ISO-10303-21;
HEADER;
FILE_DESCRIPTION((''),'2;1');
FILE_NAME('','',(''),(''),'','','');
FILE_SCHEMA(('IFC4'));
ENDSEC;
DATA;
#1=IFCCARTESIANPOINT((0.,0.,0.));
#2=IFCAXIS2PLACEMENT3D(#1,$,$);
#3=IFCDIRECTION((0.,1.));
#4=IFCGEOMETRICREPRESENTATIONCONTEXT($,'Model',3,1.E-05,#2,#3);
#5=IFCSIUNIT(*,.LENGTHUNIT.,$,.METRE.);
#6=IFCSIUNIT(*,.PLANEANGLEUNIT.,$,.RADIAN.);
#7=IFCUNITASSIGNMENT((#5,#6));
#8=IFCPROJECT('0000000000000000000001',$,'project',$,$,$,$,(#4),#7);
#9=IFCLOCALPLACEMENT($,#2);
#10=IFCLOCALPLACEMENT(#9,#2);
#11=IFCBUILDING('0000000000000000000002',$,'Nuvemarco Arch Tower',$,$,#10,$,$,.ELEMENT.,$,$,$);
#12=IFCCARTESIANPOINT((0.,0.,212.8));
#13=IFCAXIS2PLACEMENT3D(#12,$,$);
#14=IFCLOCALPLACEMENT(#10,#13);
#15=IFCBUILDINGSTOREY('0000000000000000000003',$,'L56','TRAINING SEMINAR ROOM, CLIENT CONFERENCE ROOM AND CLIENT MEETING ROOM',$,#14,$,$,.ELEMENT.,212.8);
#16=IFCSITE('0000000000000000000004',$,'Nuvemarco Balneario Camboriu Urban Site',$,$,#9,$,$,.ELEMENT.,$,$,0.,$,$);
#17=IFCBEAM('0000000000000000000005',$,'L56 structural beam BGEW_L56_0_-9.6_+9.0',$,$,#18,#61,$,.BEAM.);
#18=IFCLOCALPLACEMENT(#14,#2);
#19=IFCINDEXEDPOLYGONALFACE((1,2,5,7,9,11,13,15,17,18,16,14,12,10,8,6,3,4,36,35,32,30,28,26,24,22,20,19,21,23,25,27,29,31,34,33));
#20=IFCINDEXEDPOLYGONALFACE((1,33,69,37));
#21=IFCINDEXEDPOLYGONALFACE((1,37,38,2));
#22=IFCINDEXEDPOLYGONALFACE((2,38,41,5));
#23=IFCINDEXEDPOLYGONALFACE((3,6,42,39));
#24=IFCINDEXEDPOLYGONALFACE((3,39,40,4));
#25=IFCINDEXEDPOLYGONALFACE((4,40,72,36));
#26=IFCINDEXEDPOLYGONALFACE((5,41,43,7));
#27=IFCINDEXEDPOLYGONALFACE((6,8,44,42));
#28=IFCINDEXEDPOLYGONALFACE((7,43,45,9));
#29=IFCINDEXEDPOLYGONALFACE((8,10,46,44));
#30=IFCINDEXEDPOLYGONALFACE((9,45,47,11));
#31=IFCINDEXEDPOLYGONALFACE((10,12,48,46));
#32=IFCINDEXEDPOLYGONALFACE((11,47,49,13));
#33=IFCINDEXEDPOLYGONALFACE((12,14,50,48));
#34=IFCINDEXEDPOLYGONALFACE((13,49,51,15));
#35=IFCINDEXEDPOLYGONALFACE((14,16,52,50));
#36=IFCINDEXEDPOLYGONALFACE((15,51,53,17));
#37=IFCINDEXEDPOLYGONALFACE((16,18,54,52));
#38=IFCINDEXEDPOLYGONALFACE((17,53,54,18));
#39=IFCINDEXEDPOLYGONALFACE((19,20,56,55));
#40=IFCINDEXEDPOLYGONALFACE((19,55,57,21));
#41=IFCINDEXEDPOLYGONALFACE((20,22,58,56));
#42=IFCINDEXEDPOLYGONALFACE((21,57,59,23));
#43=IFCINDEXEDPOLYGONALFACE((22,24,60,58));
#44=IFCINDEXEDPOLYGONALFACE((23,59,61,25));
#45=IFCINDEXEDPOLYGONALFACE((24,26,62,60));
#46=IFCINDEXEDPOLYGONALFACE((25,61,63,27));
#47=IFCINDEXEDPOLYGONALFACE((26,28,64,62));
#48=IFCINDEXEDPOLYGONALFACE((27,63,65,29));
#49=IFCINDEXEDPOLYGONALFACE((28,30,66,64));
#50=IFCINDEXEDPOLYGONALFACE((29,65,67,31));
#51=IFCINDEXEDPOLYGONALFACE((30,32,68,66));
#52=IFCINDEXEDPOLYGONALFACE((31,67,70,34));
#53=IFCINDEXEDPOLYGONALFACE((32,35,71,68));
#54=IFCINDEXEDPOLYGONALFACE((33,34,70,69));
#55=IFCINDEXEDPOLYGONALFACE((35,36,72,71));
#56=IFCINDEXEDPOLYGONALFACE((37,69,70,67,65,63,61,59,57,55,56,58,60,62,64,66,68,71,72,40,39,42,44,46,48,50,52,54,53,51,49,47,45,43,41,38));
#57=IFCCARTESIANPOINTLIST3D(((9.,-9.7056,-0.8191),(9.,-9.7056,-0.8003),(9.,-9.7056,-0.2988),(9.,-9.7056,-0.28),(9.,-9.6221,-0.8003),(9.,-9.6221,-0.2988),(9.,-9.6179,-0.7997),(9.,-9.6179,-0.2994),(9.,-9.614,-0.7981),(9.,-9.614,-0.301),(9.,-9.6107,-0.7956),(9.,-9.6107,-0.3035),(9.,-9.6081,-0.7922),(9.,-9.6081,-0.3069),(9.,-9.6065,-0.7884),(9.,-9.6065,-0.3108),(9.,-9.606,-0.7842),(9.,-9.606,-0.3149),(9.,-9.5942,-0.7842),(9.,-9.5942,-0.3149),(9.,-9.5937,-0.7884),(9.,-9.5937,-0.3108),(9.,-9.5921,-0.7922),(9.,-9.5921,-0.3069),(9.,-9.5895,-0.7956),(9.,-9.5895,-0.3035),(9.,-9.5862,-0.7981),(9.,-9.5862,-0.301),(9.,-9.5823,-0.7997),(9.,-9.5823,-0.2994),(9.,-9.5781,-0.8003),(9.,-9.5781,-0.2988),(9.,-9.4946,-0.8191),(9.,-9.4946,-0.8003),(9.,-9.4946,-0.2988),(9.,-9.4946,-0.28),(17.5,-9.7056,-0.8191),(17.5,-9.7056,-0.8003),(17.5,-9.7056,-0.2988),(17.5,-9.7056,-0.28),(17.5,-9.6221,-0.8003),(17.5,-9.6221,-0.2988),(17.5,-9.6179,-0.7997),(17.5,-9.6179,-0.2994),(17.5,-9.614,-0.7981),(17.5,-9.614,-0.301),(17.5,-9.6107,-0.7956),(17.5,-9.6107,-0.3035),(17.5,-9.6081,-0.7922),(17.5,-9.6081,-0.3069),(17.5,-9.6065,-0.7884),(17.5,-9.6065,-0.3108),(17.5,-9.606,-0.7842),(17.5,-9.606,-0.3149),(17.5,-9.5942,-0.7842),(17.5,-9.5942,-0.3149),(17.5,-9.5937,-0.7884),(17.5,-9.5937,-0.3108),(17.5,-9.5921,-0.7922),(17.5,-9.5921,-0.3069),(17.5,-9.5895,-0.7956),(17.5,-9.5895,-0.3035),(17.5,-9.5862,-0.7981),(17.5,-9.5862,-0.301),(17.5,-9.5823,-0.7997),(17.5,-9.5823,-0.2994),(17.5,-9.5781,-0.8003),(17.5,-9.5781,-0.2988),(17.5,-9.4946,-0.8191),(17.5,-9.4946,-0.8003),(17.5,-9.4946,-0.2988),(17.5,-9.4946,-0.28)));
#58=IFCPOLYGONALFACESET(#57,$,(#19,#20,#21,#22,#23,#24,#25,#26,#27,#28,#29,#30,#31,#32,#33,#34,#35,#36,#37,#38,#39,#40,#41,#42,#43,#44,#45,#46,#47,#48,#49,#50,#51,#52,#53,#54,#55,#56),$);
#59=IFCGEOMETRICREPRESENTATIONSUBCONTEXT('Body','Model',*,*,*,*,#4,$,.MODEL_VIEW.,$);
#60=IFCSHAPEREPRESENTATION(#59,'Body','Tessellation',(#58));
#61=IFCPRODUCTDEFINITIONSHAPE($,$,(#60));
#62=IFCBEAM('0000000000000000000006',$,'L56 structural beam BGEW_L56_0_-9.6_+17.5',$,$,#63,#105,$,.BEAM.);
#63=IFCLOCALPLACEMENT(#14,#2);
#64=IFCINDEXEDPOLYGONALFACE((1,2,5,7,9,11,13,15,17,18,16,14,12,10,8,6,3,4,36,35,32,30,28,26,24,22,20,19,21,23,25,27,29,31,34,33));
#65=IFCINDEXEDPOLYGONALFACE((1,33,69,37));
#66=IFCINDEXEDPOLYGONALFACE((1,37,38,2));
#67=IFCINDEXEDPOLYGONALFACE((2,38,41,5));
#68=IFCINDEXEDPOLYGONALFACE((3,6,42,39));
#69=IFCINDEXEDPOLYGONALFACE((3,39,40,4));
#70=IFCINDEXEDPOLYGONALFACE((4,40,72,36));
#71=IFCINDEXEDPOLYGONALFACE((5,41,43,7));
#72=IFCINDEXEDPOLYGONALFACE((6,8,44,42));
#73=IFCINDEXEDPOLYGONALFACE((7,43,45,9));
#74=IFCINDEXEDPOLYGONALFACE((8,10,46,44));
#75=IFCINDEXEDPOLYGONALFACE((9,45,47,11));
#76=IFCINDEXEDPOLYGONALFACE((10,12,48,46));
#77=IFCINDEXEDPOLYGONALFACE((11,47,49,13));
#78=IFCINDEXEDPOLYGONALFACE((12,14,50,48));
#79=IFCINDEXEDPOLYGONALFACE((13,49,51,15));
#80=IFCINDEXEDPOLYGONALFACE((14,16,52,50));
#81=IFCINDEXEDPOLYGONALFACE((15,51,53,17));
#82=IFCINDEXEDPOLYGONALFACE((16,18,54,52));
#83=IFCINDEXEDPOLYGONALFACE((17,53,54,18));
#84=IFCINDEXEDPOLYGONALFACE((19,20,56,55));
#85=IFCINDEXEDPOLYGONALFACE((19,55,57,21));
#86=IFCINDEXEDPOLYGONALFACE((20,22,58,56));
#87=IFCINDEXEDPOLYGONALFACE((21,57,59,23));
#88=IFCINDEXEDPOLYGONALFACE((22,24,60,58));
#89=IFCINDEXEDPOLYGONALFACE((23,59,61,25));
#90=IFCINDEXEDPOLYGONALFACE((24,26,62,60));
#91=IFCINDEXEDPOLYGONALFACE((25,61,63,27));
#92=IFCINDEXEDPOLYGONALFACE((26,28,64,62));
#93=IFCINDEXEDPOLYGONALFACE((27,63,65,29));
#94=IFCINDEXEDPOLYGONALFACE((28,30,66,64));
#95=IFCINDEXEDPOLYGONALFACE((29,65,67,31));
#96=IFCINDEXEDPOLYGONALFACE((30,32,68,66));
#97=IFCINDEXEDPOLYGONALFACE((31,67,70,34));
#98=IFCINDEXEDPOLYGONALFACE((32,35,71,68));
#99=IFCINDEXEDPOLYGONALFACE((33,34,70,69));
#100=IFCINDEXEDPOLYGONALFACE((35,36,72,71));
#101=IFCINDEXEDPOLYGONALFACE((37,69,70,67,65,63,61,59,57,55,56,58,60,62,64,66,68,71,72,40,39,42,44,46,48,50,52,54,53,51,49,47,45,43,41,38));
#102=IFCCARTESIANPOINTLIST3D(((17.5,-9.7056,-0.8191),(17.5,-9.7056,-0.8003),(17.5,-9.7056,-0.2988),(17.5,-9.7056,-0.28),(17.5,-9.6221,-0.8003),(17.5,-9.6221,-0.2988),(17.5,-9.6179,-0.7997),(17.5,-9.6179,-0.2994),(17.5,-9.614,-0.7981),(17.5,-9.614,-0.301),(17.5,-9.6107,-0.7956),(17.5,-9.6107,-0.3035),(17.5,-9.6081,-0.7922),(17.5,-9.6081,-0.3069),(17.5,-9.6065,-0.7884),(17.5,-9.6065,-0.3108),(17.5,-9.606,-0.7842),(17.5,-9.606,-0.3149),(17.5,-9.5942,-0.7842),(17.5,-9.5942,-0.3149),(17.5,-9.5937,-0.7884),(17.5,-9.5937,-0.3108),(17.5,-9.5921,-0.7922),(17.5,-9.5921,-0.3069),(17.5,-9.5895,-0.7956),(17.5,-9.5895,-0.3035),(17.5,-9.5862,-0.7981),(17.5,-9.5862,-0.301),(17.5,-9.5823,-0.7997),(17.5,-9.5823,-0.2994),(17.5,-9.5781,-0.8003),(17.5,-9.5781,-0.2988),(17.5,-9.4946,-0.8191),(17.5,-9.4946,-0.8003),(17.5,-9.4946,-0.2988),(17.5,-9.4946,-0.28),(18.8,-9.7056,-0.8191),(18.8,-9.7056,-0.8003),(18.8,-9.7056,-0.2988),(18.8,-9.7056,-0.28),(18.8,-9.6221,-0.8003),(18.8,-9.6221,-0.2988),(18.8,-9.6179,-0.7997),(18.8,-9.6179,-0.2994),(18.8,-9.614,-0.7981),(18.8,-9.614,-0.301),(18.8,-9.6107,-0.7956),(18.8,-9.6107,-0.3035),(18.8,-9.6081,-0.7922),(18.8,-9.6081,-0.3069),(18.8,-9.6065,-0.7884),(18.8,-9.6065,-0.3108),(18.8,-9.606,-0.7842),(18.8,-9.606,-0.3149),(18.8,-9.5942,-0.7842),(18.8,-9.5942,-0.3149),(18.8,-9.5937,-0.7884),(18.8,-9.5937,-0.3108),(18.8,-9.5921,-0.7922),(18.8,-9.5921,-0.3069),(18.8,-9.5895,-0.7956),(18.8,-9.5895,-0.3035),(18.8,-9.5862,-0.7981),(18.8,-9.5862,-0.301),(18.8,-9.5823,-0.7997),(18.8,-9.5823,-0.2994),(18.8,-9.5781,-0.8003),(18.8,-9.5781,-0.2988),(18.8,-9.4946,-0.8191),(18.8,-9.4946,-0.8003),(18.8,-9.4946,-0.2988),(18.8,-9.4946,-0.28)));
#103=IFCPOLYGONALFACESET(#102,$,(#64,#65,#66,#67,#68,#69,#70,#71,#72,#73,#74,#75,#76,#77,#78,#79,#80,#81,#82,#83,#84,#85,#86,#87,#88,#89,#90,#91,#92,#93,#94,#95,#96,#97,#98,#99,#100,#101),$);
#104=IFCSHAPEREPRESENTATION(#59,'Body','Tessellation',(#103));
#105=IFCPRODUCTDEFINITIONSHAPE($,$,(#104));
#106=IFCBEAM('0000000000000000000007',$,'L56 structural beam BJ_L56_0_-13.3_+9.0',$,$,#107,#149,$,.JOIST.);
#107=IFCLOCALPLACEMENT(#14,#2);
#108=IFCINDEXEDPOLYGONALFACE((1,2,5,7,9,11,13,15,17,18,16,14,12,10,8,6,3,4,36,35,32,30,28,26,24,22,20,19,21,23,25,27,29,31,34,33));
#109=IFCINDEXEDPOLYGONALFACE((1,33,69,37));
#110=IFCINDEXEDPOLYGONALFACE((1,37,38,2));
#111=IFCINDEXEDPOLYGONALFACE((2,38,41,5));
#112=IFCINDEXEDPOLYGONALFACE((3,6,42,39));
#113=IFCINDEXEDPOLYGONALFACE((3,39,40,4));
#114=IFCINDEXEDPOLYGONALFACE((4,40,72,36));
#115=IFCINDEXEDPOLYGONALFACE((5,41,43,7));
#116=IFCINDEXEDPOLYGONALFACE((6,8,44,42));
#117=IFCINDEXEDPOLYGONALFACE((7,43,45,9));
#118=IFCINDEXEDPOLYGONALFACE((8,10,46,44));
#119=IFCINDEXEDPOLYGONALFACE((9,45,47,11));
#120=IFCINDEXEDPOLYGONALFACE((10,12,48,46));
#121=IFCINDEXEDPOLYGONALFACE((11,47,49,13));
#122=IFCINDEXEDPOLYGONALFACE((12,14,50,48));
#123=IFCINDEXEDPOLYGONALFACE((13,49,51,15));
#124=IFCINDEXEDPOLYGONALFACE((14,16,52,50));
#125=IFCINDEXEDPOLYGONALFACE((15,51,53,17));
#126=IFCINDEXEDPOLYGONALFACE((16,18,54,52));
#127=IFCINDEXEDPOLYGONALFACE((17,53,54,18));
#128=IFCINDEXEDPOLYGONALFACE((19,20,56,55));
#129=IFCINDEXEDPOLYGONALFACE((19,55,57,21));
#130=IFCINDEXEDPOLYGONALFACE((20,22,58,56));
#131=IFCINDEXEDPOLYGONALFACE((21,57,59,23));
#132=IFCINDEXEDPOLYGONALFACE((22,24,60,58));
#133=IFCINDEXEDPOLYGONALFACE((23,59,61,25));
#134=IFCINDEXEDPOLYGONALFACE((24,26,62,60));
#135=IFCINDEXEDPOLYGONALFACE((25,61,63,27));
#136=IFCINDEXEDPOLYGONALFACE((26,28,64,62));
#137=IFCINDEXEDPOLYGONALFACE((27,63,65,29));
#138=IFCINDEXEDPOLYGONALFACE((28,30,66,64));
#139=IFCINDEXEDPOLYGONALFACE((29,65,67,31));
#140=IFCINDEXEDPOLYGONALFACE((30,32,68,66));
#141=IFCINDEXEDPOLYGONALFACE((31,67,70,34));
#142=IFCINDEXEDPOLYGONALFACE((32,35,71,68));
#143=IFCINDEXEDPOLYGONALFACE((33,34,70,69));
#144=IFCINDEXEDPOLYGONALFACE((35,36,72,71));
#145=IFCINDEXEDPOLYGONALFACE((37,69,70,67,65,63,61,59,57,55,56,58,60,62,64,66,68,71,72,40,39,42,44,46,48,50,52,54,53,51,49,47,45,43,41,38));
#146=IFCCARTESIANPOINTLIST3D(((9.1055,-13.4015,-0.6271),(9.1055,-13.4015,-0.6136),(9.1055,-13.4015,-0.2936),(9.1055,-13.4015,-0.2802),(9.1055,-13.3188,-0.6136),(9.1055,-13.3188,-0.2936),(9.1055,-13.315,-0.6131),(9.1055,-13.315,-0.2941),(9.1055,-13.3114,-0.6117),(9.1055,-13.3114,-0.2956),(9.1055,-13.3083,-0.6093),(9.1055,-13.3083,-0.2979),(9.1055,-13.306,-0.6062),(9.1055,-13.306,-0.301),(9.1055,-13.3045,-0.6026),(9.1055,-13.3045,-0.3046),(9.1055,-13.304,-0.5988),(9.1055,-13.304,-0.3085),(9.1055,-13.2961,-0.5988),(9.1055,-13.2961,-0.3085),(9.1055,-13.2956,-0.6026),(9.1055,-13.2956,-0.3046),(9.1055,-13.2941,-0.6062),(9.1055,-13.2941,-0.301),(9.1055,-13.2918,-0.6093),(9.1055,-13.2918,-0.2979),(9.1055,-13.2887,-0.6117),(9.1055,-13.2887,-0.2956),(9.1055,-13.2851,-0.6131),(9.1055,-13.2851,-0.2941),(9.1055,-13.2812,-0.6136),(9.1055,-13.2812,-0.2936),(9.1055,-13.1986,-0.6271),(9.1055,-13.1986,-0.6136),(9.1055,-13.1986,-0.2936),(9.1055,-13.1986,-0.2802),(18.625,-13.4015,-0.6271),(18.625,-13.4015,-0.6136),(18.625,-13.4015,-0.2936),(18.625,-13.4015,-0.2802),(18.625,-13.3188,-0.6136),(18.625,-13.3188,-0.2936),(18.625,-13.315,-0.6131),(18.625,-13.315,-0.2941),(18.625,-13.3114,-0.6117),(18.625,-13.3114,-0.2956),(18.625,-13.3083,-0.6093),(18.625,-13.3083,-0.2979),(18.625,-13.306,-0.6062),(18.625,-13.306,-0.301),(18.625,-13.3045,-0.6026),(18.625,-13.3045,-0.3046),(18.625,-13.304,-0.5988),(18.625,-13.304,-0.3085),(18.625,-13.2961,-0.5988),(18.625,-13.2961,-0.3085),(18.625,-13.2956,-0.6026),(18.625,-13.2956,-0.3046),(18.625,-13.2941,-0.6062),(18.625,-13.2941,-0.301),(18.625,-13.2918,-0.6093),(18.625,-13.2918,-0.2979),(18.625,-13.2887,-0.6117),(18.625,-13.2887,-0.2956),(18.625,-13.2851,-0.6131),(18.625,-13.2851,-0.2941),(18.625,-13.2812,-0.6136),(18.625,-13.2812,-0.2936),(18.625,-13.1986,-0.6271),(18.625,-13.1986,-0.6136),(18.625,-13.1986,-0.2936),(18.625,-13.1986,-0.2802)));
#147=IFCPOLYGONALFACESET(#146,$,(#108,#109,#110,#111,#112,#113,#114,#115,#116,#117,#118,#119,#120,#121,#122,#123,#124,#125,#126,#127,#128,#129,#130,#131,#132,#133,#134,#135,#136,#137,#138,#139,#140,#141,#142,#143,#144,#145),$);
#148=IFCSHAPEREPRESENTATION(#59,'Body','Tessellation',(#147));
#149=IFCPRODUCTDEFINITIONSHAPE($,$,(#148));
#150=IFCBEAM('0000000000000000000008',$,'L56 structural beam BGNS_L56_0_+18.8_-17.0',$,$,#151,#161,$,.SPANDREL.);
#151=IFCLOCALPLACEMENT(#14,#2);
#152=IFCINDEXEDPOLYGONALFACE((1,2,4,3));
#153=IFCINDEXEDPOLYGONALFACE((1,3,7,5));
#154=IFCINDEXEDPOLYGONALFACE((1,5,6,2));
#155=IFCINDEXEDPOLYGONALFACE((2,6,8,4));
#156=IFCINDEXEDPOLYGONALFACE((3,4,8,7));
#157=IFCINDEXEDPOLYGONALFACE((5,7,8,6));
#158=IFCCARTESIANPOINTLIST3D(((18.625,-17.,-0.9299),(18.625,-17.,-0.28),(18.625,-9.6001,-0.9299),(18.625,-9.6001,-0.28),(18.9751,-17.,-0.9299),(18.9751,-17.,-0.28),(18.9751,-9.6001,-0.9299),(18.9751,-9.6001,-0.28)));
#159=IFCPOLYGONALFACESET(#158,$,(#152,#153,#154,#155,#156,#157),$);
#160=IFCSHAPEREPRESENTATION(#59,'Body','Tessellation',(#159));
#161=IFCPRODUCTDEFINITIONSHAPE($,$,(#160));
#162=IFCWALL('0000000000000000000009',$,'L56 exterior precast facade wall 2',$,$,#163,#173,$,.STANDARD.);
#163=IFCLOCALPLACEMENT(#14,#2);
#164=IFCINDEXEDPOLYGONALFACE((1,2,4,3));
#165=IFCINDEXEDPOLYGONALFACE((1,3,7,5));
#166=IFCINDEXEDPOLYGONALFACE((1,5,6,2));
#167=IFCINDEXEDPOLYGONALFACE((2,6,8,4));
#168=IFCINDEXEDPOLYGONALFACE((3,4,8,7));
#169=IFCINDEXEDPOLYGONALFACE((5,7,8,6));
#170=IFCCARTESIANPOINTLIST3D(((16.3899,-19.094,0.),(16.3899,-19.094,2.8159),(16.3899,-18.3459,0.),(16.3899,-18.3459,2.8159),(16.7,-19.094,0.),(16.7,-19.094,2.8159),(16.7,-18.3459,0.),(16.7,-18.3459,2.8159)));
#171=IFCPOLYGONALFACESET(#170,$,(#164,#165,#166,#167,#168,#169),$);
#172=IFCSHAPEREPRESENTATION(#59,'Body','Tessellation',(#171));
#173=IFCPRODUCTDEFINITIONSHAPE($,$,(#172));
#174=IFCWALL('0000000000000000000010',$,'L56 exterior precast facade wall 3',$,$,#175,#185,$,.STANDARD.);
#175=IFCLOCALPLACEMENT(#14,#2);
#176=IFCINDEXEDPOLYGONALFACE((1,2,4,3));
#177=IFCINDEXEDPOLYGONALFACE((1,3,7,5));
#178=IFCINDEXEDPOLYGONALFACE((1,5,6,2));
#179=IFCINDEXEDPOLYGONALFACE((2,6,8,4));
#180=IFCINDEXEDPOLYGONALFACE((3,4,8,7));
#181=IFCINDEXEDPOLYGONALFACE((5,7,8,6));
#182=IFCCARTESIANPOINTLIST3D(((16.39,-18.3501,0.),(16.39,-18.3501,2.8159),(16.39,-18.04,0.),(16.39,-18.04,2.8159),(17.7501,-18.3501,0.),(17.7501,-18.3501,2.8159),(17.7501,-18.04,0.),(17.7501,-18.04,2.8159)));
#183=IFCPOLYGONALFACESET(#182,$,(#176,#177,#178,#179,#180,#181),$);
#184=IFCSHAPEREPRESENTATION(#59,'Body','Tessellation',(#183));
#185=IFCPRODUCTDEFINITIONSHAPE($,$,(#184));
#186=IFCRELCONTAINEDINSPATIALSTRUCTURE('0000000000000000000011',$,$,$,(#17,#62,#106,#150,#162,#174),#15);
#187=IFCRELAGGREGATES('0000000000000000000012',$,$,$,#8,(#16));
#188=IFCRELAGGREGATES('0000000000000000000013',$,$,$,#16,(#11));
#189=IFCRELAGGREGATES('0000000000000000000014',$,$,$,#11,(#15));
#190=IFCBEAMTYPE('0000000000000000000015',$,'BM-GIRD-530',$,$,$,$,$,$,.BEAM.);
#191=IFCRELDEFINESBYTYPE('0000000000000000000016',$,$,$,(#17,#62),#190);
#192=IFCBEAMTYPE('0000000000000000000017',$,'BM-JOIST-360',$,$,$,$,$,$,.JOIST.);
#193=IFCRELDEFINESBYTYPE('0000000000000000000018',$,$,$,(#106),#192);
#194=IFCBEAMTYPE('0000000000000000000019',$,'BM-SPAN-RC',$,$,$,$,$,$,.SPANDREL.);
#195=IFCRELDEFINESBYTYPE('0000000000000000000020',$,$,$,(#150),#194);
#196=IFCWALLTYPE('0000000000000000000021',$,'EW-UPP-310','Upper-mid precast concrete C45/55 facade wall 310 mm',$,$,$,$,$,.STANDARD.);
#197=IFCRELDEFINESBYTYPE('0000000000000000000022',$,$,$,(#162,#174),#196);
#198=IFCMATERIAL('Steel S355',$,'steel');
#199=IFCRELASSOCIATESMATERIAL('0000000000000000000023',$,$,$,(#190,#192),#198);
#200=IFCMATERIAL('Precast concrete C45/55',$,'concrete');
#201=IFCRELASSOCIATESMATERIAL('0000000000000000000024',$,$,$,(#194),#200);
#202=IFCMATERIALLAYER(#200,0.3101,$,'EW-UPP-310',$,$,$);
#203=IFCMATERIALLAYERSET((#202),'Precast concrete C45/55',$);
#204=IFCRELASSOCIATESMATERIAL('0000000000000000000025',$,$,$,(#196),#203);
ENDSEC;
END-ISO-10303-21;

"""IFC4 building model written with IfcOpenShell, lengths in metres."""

from ifc_helpers import new_model, si_unit, direction, frame, frame_2d, origin, origin_2d, place, context, subcontext, project, spatial, rectangle, i_section, extrude, material, layer, layer_set, material_profile, profile_set, type_object, element, save


model = new_model("IFC4")

# Units and contexts
model_context = context("Model", 3, precision=1e-05, world=origin(), true_north=direction((0.0, 1.0)))
body_context = subcontext(model_context, "Body", "Model", "MODEL_VIEW")
ifc_project = project(units=[si_unit("LENGTHUNIT", "METRE"), si_unit("PLANEANGLEUNIT", "RADIAN")], contexts=[model_context])

# Site, building, storey
site_placement = place(None, origin())
site = spatial("IfcSite", under=ifc_project, at=site_placement, Name="Nuvemarco Balneario Camboriu Urban Site", CompositionType="ELEMENT", RefElevation=0.0)
building_placement = place(site_placement, origin())
building = spatial("IfcBuilding", under=site, at=building_placement, Name="Nuvemarco Arch Tower", CompositionType="ELEMENT")
storey_placement = place(building_placement, frame((0.0, 0.0, 212.8)))
storey = spatial("IfcBuildingStorey", under=building, at=storey_placement, Name="L56", Description="TRAINING SEMINAR ROOM, CLIENT CONFERENCE ROOM AND CLIENT MEETING ROOM", CompositionType="ELEMENT", Elevation=212.8)

# Shared definitions
ifc_material_1 = material(Name="Steel S355", Category="steel")

# Beams
ifc_material_profile_1 = material_profile(ifc_material_1, i_section(OverallWidth=0.2109, OverallDepth=0.5391, WebThickness=0.0117, FlangeThickness=0.0188, FilletRadius=0.0161, at=origin_2d()), Name="W530x109")
ifc_profile_set_1 = profile_set([ifc_material_profile_1], Name="Steel S355")
beam_type_1 = type_object("IfcBeamType", Name="BM-GIRD-530", PredefinedType="BEAM", material=ifc_profile_set_1)
beam_1_placement = place(storey_placement, frame((9.0, -9.6001, -0.5496), z_axis=(1.0, 0.0, 0.0), x_axis=(0.0, 1.0, 0.0)))
element("IfcBeam", 1, at=beam_1_placement, inside=storey, type_object=beam_type_1, Name="L56 structural beam BGEW_L56_0_-9.6_+9.0", PredefinedType="BEAM", context=body_context, shape_type="SweptSolid", body=[
    extrude(i_section(OverallWidth=0.2109, OverallDepth=0.5391, WebThickness=0.0117, FlangeThickness=0.0188, FilletRadius=0.0161, at=origin_2d()), origin(), (0.0, 0.0, 1.0), 8.5),
])
beam_2_placement = place(storey_placement, frame((17.5, -9.6001, -0.5496), z_axis=(1.0, 0.0, 0.0), x_axis=(0.0, 1.0, 0.0)))
element("IfcBeam", 2, at=beam_2_placement, inside=storey, type_object=beam_type_1, Name="L56 structural beam BGEW_L56_0_-9.6_+17.5", PredefinedType="BEAM", context=body_context, shape_type="SweptSolid", body=[
    extrude(i_section(OverallWidth=0.2109, OverallDepth=0.5391, WebThickness=0.0117, FlangeThickness=0.0188, FilletRadius=0.0161, at=origin_2d()), origin(), (0.0, 0.0, 1.0), 1.3),
])
ifc_material_profile_2 = material_profile(ifc_material_1, i_section(OverallWidth=0.2029, OverallDepth=0.3469, WebThickness=0.0078, FlangeThickness=0.0134, FilletRadius=0.0149, at=origin_2d()), Name="W360x64")
ifc_profile_set_2 = profile_set([ifc_material_profile_2], Name="Steel S355")
beam_type_2 = type_object("IfcBeamType", Name="BM-JOIST-360", PredefinedType="JOIST", material=ifc_profile_set_2)
beam_3_placement = place(storey_placement, frame((9.1055, -13.3, -0.4536), z_axis=(1.0, 0.0, 0.0), x_axis=(0.0, 1.0, 0.0)))
element("IfcBeam", 3, at=beam_3_placement, inside=storey, type_object=beam_type_2, Name="L56 structural beam BJ_L56_0_-13.3_+9.0", PredefinedType="JOIST", context=body_context, shape_type="SweptSolid", body=[
    extrude(i_section(OverallWidth=0.2029, OverallDepth=0.3469, WebThickness=0.0078, FlangeThickness=0.0134, FilletRadius=0.0149, at=origin_2d()), origin(), (0.0, 0.0, 1.0), 9.5195),
])
ifc_material_2 = material(Name="Precast concrete C45/55", Category="concrete")
ifc_material_profile_3 = material_profile(ifc_material_2, rectangle(XDim=0.3501, YDim=0.6499, at=origin_2d()), Name="PC-SP-350x650")
ifc_profile_set_3 = profile_set([ifc_material_profile_3], Name="Precast concrete C45/55")
beam_type_3 = type_object("IfcBeamType", Name="BM-SPAN-RC", PredefinedType="SPANDREL", material=ifc_profile_set_3)
beam_4_placement = place(storey_placement, frame((18.8, -17.0, -0.605), z_axis=(0.0, 1.0, 0.0), x_axis=(-1.0, 0.0, 0.0)))
element("IfcBeam", 4, at=beam_4_placement, inside=storey, type_object=beam_type_3, Name="L56 structural beam BGNS_L56_0_+18.8_-17.0", PredefinedType="SPANDREL", context=body_context, shape_type="SweptSolid", body=[
    extrude(rectangle(XDim=0.3501, YDim=0.6499, at=origin_2d()), origin(), (0.0, 0.0, 1.0), 7.3999),
])

# Walls
ifc_layer = layer(ifc_material_2, 0.3101, Name="EW-UPP-310")
ifc_layer_set = layer_set([ifc_layer], Name="Precast concrete C45/55")
wall_type = type_object("IfcWallType", Name="EW-UPP-310", Description="Upper-mid precast concrete C45/55 facade wall 310 mm", PredefinedType="STANDARD", material=ifc_layer_set)
wall_1_placement = place(storey_placement, frame((16.5449, -19.094, 0.0), z_axis=(0.0, 0.0, 1.0), x_axis=(0.0, 1.0, 0.0)))
element("IfcWall", 5, at=wall_1_placement, inside=storey, type_object=wall_type, Name="L56 exterior precast facade wall 2", PredefinedType="STANDARD", context=body_context, shape_type="SweptSolid", body=[
    extrude(rectangle(XDim=0.748, YDim=0.3101, at=frame_2d((0.374, 0.0))), origin(), (0.0, 0.0, 1.0), 2.8159),
])
wall_2_placement = place(storey_placement, frame((16.3899, -18.1951, 0.0), z_axis=(0.0, 0.0, 1.0), x_axis=(1.0, 0.0, 0.0)))
element("IfcWall", 6, at=wall_2_placement, inside=storey, type_object=wall_type, Name="L56 exterior precast facade wall 3", PredefinedType="STANDARD", context=body_context, shape_type="SweptSolid", body=[
    extrude(rectangle(XDim=1.3601, YDim=0.3101, at=frame_2d((0.6802, 0.0))), origin(), (0.0, 0.0, 1.0), 2.8159),
])

save(model, "model.ifc")
